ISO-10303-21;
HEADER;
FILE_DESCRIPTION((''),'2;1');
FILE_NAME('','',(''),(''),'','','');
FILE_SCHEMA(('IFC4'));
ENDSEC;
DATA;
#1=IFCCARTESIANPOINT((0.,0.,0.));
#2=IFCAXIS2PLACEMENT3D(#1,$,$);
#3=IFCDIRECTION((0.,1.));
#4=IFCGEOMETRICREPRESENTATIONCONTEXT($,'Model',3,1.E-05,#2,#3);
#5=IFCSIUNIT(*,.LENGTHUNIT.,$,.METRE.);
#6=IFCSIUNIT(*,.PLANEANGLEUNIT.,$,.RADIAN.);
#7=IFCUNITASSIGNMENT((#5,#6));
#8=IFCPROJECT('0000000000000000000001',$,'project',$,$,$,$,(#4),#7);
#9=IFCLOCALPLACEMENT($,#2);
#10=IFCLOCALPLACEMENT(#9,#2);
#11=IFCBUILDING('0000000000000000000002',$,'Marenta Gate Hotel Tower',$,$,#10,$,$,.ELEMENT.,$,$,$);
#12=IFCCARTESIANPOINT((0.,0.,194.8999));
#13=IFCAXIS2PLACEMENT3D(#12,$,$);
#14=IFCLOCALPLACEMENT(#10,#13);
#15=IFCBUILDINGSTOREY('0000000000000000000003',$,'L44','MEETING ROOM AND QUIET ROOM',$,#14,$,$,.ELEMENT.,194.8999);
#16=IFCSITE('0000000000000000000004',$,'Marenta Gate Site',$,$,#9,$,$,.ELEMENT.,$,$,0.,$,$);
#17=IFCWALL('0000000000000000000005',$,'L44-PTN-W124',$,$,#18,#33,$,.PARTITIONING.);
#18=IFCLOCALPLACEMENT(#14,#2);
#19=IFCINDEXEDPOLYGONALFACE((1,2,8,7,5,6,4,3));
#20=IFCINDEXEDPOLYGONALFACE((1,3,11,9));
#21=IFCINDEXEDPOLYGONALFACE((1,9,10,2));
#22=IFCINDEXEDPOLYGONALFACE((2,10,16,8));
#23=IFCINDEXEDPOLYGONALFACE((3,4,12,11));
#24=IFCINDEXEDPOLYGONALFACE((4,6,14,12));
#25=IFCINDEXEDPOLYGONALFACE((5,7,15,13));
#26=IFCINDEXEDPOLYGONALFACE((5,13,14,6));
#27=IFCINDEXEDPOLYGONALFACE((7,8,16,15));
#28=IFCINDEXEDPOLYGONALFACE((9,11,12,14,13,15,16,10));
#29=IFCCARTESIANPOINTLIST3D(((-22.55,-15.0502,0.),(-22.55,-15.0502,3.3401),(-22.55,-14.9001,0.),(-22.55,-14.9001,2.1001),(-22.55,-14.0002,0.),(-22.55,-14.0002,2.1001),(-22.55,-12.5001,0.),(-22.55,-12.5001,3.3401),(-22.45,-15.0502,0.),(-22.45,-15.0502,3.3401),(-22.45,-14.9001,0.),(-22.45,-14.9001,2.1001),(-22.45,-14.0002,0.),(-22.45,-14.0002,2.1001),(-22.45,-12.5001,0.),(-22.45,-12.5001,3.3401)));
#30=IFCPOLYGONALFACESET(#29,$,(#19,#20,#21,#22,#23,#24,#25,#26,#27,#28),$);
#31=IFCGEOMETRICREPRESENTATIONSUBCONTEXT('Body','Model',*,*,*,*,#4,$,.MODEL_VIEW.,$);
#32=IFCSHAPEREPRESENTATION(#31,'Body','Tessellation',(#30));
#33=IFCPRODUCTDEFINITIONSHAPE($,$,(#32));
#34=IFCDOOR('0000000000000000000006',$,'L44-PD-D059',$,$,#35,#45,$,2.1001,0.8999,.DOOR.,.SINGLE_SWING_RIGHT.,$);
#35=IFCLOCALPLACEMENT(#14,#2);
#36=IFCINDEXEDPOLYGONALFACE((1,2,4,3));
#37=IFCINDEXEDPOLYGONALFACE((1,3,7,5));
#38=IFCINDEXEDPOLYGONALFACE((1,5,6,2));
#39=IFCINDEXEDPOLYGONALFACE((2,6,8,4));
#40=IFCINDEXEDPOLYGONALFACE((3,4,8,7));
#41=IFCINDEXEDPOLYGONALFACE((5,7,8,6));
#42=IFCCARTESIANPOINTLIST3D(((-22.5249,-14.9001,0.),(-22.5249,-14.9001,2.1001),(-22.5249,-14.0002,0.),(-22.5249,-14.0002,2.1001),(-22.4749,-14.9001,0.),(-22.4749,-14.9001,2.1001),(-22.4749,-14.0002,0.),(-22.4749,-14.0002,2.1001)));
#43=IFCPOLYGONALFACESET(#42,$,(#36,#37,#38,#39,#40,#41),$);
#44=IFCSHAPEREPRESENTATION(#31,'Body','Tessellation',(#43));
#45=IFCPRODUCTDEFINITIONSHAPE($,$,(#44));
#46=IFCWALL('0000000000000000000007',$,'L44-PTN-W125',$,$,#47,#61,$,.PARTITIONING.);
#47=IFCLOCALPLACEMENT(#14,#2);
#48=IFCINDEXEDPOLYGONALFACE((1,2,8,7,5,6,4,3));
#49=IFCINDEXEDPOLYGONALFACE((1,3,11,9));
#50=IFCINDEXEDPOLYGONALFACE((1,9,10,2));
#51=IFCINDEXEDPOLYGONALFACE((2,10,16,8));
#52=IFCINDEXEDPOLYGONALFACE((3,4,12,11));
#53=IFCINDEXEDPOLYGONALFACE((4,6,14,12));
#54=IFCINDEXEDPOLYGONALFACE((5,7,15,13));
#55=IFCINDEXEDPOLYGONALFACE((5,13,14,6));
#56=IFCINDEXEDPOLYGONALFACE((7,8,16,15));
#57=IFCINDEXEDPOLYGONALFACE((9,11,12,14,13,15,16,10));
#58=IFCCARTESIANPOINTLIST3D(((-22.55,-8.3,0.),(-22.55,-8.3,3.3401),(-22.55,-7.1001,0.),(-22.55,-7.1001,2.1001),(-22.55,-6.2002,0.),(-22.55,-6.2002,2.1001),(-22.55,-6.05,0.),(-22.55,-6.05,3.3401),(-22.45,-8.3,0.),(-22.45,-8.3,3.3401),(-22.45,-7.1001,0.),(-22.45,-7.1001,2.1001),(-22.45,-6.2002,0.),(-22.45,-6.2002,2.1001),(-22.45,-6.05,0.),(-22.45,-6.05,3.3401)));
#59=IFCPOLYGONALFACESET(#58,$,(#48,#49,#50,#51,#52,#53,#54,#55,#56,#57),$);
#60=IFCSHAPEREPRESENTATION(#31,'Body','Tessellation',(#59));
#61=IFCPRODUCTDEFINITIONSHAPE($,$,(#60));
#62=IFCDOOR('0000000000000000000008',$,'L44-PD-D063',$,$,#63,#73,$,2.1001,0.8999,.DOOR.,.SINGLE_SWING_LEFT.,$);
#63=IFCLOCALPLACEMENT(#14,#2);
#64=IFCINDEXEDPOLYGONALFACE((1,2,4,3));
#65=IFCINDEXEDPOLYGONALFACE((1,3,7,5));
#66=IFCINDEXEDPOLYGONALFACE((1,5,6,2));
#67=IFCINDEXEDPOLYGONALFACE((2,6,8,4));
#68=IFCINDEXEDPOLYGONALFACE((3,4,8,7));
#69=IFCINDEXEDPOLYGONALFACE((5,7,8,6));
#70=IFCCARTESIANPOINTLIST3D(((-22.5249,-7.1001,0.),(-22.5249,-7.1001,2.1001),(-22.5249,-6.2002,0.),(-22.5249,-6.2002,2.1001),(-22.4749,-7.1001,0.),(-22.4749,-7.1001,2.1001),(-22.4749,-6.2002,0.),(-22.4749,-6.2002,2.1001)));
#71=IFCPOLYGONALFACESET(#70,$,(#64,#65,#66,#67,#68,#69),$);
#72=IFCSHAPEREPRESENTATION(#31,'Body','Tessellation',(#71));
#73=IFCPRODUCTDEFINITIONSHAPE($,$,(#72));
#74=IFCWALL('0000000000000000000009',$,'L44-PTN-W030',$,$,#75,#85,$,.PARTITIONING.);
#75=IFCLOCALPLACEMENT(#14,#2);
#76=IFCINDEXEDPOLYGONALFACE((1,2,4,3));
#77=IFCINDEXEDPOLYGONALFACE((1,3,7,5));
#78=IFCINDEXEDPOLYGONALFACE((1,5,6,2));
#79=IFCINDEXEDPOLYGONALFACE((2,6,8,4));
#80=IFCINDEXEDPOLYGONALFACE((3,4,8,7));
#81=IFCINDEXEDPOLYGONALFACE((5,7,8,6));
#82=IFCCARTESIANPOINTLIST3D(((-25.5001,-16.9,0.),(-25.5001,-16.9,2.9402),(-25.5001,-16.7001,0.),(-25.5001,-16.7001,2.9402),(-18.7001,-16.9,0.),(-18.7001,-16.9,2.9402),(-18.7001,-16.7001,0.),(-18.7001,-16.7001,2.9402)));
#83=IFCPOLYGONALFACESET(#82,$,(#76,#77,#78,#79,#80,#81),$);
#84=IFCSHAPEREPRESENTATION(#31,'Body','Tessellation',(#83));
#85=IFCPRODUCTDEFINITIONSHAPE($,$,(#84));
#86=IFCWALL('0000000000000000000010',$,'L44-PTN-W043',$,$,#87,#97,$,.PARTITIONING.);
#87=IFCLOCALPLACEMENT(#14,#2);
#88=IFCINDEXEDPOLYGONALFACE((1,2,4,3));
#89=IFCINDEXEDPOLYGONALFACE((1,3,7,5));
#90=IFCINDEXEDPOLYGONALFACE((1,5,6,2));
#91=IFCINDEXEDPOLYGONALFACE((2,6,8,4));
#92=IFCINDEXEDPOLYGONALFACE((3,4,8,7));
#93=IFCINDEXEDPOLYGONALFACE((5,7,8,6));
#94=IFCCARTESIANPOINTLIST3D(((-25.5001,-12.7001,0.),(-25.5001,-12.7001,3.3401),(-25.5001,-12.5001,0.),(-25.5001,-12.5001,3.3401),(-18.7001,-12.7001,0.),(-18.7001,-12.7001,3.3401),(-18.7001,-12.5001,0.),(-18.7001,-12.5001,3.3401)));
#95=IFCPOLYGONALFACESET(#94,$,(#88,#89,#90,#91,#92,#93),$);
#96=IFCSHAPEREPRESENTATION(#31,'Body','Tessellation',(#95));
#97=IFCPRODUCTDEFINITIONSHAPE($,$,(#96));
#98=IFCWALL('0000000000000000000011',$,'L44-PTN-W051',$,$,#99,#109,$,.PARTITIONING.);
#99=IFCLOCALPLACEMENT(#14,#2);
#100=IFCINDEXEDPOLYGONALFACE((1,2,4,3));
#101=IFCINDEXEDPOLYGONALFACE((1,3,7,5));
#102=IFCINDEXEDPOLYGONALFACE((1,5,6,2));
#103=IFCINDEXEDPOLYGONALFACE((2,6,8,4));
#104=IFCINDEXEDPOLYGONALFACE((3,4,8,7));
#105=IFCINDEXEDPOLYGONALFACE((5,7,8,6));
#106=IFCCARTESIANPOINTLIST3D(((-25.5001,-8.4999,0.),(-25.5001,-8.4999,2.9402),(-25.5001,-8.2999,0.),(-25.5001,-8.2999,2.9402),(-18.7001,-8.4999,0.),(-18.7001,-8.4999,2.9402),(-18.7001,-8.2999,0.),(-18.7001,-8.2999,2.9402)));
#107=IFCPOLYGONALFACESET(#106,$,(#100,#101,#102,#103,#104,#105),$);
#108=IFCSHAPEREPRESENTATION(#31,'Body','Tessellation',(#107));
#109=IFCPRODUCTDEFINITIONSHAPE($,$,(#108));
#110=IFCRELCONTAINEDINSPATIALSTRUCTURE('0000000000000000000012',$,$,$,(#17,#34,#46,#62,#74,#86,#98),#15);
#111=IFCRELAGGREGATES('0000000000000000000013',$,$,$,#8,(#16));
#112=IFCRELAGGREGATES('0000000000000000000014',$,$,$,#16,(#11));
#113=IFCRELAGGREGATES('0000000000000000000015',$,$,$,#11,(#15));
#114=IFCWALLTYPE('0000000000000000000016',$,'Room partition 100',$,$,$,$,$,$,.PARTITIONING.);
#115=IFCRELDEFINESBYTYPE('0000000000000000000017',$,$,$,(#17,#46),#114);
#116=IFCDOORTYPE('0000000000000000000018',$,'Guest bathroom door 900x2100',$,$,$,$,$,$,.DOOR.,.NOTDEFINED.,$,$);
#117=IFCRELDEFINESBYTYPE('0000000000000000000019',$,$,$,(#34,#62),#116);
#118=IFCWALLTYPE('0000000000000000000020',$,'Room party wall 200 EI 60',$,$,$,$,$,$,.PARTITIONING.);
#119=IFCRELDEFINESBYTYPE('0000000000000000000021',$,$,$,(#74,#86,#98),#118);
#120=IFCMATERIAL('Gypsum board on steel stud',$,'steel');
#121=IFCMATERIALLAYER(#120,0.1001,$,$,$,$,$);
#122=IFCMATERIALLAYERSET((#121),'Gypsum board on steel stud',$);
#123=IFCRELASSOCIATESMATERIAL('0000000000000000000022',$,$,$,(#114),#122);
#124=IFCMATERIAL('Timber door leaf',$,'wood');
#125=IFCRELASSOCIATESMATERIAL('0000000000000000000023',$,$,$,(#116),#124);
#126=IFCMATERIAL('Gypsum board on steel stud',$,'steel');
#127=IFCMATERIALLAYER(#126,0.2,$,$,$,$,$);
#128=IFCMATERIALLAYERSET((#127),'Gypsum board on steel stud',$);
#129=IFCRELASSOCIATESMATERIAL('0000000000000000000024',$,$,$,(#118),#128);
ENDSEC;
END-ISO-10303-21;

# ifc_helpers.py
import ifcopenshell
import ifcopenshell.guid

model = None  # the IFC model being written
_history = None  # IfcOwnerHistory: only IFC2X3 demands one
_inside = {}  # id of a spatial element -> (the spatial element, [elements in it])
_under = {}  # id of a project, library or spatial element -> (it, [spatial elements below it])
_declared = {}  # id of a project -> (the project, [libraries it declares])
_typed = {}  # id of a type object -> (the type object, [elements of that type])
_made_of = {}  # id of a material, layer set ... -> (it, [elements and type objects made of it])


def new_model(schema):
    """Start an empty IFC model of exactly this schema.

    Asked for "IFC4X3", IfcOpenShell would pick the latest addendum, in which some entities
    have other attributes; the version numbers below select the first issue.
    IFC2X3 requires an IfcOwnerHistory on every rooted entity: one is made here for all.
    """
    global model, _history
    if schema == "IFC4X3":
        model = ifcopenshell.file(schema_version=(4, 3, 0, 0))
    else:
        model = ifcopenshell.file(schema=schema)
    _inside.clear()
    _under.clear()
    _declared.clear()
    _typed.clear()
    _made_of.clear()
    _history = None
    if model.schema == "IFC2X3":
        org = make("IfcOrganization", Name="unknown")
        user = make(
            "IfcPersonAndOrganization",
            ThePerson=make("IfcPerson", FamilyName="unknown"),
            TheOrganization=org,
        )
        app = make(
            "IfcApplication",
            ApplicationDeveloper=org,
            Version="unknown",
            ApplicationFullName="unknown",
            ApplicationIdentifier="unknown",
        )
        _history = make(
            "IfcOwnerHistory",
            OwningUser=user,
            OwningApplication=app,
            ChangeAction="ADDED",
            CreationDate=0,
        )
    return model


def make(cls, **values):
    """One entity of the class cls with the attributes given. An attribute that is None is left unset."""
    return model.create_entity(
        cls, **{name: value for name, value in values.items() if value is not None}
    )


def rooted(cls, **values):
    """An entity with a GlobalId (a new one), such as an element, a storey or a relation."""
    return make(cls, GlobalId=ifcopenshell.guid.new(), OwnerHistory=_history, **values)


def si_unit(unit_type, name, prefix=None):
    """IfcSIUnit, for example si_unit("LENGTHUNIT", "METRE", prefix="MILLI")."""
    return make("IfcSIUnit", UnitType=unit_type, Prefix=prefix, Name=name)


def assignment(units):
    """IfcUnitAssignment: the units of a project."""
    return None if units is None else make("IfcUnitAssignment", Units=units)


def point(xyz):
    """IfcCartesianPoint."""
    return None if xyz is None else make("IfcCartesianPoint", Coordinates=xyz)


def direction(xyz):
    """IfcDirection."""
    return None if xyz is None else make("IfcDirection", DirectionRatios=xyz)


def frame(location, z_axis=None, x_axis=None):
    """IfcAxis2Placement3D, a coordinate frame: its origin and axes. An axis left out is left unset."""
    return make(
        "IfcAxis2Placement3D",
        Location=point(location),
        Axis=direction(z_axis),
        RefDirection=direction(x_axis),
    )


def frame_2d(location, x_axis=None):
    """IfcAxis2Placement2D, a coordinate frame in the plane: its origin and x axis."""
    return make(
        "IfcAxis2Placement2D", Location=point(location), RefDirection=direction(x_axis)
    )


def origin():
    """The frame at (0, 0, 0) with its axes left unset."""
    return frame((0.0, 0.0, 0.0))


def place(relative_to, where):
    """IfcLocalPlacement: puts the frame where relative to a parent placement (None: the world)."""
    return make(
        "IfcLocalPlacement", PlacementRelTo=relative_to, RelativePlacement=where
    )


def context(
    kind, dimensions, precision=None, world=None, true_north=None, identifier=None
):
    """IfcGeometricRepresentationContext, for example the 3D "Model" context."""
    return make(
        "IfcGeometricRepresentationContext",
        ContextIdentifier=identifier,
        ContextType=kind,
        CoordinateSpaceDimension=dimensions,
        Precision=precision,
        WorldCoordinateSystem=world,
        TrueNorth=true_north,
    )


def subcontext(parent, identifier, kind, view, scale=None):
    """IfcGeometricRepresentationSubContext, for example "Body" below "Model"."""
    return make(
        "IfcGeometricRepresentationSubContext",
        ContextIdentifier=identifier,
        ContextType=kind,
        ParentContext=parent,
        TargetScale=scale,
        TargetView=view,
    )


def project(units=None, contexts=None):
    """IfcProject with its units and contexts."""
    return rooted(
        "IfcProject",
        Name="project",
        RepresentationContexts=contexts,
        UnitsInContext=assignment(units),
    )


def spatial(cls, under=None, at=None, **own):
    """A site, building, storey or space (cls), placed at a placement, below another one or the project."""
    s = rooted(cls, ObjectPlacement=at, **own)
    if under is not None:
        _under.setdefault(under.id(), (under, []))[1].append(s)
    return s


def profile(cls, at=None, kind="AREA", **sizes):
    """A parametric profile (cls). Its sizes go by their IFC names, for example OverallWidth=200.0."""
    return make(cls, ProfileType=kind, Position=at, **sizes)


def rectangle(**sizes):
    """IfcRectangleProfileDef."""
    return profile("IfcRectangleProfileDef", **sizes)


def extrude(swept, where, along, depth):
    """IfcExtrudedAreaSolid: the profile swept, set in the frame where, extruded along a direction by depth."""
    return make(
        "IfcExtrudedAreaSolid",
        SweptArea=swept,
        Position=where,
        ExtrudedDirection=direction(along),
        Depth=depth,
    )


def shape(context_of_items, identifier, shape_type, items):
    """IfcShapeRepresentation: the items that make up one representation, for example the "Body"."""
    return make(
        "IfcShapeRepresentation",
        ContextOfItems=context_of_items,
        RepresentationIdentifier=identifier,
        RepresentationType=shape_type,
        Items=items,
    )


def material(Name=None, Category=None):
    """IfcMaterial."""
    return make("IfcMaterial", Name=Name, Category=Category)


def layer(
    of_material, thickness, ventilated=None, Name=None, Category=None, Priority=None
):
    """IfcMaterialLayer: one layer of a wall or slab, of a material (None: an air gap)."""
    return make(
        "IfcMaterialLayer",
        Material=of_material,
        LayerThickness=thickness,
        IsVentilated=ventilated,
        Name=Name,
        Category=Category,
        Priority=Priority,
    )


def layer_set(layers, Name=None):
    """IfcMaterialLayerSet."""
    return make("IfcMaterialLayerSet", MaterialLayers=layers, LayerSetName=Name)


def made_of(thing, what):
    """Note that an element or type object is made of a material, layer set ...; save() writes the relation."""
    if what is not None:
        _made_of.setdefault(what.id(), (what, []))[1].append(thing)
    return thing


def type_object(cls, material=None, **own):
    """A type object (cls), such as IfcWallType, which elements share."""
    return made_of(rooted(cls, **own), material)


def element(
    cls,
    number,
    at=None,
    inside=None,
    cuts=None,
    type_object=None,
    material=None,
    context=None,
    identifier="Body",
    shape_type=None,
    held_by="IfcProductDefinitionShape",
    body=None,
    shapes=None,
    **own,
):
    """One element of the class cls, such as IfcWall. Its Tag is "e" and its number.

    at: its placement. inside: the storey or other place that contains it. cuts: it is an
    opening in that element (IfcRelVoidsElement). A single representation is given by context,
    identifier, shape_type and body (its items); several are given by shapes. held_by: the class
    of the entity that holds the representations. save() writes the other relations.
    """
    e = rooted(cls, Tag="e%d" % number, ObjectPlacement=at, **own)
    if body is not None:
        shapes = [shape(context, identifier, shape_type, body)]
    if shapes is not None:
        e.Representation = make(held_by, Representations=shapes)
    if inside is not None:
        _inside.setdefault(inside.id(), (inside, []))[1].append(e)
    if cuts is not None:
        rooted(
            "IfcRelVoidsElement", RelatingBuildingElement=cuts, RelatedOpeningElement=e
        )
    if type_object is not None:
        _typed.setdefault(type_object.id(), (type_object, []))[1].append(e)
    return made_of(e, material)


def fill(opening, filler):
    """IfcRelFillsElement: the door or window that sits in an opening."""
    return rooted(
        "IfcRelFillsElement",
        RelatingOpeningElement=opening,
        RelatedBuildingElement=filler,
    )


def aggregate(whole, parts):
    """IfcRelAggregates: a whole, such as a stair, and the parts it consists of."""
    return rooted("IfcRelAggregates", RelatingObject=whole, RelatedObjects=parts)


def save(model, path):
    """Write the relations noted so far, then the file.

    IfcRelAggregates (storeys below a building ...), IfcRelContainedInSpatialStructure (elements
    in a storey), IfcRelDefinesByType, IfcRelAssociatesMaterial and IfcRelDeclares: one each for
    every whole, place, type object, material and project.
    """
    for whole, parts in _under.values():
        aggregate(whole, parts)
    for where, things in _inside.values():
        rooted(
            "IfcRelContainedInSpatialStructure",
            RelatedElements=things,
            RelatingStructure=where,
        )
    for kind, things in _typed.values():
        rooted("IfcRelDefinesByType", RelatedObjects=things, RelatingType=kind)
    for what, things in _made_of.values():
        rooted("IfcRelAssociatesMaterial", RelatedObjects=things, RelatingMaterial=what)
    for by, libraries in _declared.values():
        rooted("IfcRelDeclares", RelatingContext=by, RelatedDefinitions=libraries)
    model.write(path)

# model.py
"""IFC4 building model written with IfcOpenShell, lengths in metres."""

from ifc_helpers import new_model, si_unit, direction, frame, frame_2d, origin, place, context, subcontext, project, spatial, rectangle, extrude, material, layer, layer_set, type_object, element, fill, save


model = new_model("IFC4")

# Units and contexts
model_context = context("Model", 3, precision=1e-05, world=origin(), true_north=direction((0.0, 1.0)))
body_context = subcontext(model_context, "Body", "Model", "MODEL_VIEW")
ifc_project = project(units=[si_unit("LENGTHUNIT", "METRE"), si_unit("PLANEANGLEUNIT", "RADIAN")], contexts=[model_context])

# Site, building, storey
site_placement = place(None, origin())
site = spatial("IfcSite", under=ifc_project, at=site_placement, Name="Marenta Gate Site", CompositionType="ELEMENT", RefElevation=0.0)
building_placement = place(site_placement, origin())
building = spatial("IfcBuilding", under=site, at=building_placement, Name="Marenta Gate Hotel Tower", CompositionType="ELEMENT")
storey_placement = place(building_placement, frame((0.0, 0.0, 194.8999)))
storey = spatial("IfcBuildingStorey", under=building, at=storey_placement, Name="L44", Description="MEETING ROOM AND QUIET ROOM", CompositionType="ELEMENT", Elevation=194.8999)

# Shared definitions
ifc_material_1 = material(Name="Gypsum board on steel stud", Category="steel")
ifc_layer_1 = layer(ifc_material_1, 0.1001)
ifc_layer_set_1 = layer_set([ifc_layer_1], Name="Gypsum board on steel stud")
wall_type_1 = type_object("IfcWallType", Name="Room partition 100", PredefinedType="PARTITIONING", material=ifc_layer_set_1)

# Walls, openings, doors
ifc_material_2 = material(Name="Timber door leaf", Category="wood")
door_type = type_object("IfcDoorType", Name="Guest bathroom door 900x2100", OperationType="NOTDEFINED", PredefinedType="DOOR", material=ifc_material_2)
wall_1_placement = place(storey_placement, frame((-22.5, -15.05, 0.0), z_axis=(0.0, 0.0, 1.0), x_axis=(0.0, 1.0, 0.0)))
wall_1 = element("IfcWall", 1, at=wall_1_placement, inside=storey, type_object=wall_type_1, Name="L44-PTN-W124", PredefinedType="PARTITIONING", context=body_context, shape_type="SweptSolid", body=[
    extrude(rectangle(XDim=2.55, YDim=0.1001, at=frame_2d((1.2749, 0.0))), origin(), (0.0, 0.0, 1.0), 3.3401),
])
opening_1_placement = place(wall_1_placement, frame((0.1499, 0.0, 0.0)))
opening_1 = element("IfcOpeningElement", 2, at=opening_1_placement, cuts=wall_1, PredefinedType="OPENING", context=body_context, shape_type="SweptSolid", body=[
    extrude(rectangle(XDim=0.8999, YDim=2.1001, at=frame_2d((0.45, 1.05))), frame((0.0, 0.05, 0.0), z_axis=(0.0, -1.0, 0.0), x_axis=(1.0, 0.0, 0.0)), (0.0, 0.0, 1.0), 0.1001),
])
door_1_placement = place(opening_1_placement, origin())
door_1 = element("IfcDoor", 3, at=door_1_placement, inside=storey, type_object=door_type, Name="L44-PD-D059", OperationType="SINGLE_SWING_RIGHT", OverallHeight=2.1001, OverallWidth=0.8999, PredefinedType="DOOR", context=body_context, shape_type="SweptSolid", body=[
    extrude(rectangle(XDim=0.8999, YDim=2.1001, at=frame_2d((0.45, 1.05))), frame((0.0, 0.0249, 0.0), z_axis=(0.0, -1.0, 0.0), x_axis=(1.0, 0.0, 0.0)), (0.0, 0.0, 1.0), 0.05),
])
fill(opening_1, door_1)
wall_2_placement = place(storey_placement, frame((-22.5, -8.3, 0.0), z_axis=(0.0, 0.0, 1.0), x_axis=(0.0, 1.0, 0.0)))
wall_2 = element("IfcWall", 4, at=wall_2_placement, inside=storey, type_object=wall_type_1, Name="L44-PTN-W125", PredefinedType="PARTITIONING", context=body_context, shape_type="SweptSolid", body=[
    extrude(rectangle(XDim=2.25, YDim=0.1001, at=frame_2d((1.125, 0.0))), origin(), (0.0, 0.0, 1.0), 3.3401),
])
opening_2_placement = place(wall_2_placement, frame((1.2, 0.0, 0.0)))
opening_2 = element("IfcOpeningElement", 5, at=opening_2_placement, cuts=wall_2, PredefinedType="OPENING", context=body_context, shape_type="SweptSolid", body=[
    extrude(rectangle(XDim=0.8999, YDim=2.1001, at=frame_2d((0.45, 1.05))), frame((0.0, 0.05, 0.0), z_axis=(0.0, -1.0, 0.0), x_axis=(1.0, 0.0, 0.0)), (0.0, 0.0, 1.0), 0.1001),
])
door_2_placement = place(opening_2_placement, origin())
door_2 = element("IfcDoor", 6, at=door_2_placement, inside=storey, type_object=door_type, Name="L44-PD-D063", OperationType="SINGLE_SWING_LEFT", OverallHeight=2.1001, OverallWidth=0.8999, PredefinedType="DOOR", context=body_context, shape_type="SweptSolid", body=[
    extrude(rectangle(XDim=0.8999, YDim=2.1001, at=frame_2d((0.45, 1.05))), frame((0.0, 0.0249, 0.0), z_axis=(0.0, -1.0, 0.0), x_axis=(1.0, 0.0, 0.0)), (0.0, 0.0, 1.0), 0.05),
])
fill(opening_2, door_2)

# Walls
ifc_material_3 = material(Name="Gypsum board on steel stud", Category="steel")
ifc_layer_2 = layer(ifc_material_3, 0.2)
ifc_layer_set_2 = layer_set([ifc_layer_2], Name="Gypsum board on steel stud")
wall_type_2 = type_object("IfcWallType", Name="Room party wall 200 EI 60", PredefinedType="PARTITIONING", material=ifc_layer_set_2)
wall_3_placement = place(storey_placement, frame((-25.5, -16.8, 0.0), z_axis=(0.0, 0.0, 1.0), x_axis=(1.0, 0.0, 0.0)))
element("IfcWall", 7, at=wall_3_placement, inside=storey, type_object=wall_type_2, Name="L44-PTN-W030", PredefinedType="PARTITIONING", context=body_context, shape_type="SweptSolid", body=[
    extrude(rectangle(XDim=6.8, YDim=0.2, at=frame_2d((3.3999, 0.0))), origin(), (0.0, 0.0, 1.0), 2.9402),
])
wall_4_placement = place(storey_placement, frame((-25.5, -12.6001, 0.0), z_axis=(0.0, 0.0, 1.0), x_axis=(1.0, 0.0, 0.0)))
element("IfcWall", 8, at=wall_4_placement, inside=storey, type_object=wall_type_2, Name="L44-PTN-W043", PredefinedType="PARTITIONING", context=body_context, shape_type="SweptSolid", body=[
    extrude(rectangle(XDim=6.8, YDim=0.2, at=frame_2d((3.3999, 0.0))), origin(), (0.0, 0.0, 1.0), 3.3401),
])
wall_5_placement = place(storey_placement, frame((-25.5, -8.3999, 0.0), z_axis=(0.0, 0.0, 1.0), x_axis=(1.0, 0.0, 0.0)))
element("IfcWall", 9, at=wall_5_placement, inside=storey, type_object=wall_type_2, Name="L44-PTN-W051", PredefinedType="PARTITIONING", context=body_context, shape_type="SweptSolid", body=[
    extrude(rectangle(XDim=6.8, YDim=0.2, at=frame_2d((3.3999, 0.0))), origin(), (0.0, 0.0, 1.0), 2.9402),
])

save(model, "model.ifc")
